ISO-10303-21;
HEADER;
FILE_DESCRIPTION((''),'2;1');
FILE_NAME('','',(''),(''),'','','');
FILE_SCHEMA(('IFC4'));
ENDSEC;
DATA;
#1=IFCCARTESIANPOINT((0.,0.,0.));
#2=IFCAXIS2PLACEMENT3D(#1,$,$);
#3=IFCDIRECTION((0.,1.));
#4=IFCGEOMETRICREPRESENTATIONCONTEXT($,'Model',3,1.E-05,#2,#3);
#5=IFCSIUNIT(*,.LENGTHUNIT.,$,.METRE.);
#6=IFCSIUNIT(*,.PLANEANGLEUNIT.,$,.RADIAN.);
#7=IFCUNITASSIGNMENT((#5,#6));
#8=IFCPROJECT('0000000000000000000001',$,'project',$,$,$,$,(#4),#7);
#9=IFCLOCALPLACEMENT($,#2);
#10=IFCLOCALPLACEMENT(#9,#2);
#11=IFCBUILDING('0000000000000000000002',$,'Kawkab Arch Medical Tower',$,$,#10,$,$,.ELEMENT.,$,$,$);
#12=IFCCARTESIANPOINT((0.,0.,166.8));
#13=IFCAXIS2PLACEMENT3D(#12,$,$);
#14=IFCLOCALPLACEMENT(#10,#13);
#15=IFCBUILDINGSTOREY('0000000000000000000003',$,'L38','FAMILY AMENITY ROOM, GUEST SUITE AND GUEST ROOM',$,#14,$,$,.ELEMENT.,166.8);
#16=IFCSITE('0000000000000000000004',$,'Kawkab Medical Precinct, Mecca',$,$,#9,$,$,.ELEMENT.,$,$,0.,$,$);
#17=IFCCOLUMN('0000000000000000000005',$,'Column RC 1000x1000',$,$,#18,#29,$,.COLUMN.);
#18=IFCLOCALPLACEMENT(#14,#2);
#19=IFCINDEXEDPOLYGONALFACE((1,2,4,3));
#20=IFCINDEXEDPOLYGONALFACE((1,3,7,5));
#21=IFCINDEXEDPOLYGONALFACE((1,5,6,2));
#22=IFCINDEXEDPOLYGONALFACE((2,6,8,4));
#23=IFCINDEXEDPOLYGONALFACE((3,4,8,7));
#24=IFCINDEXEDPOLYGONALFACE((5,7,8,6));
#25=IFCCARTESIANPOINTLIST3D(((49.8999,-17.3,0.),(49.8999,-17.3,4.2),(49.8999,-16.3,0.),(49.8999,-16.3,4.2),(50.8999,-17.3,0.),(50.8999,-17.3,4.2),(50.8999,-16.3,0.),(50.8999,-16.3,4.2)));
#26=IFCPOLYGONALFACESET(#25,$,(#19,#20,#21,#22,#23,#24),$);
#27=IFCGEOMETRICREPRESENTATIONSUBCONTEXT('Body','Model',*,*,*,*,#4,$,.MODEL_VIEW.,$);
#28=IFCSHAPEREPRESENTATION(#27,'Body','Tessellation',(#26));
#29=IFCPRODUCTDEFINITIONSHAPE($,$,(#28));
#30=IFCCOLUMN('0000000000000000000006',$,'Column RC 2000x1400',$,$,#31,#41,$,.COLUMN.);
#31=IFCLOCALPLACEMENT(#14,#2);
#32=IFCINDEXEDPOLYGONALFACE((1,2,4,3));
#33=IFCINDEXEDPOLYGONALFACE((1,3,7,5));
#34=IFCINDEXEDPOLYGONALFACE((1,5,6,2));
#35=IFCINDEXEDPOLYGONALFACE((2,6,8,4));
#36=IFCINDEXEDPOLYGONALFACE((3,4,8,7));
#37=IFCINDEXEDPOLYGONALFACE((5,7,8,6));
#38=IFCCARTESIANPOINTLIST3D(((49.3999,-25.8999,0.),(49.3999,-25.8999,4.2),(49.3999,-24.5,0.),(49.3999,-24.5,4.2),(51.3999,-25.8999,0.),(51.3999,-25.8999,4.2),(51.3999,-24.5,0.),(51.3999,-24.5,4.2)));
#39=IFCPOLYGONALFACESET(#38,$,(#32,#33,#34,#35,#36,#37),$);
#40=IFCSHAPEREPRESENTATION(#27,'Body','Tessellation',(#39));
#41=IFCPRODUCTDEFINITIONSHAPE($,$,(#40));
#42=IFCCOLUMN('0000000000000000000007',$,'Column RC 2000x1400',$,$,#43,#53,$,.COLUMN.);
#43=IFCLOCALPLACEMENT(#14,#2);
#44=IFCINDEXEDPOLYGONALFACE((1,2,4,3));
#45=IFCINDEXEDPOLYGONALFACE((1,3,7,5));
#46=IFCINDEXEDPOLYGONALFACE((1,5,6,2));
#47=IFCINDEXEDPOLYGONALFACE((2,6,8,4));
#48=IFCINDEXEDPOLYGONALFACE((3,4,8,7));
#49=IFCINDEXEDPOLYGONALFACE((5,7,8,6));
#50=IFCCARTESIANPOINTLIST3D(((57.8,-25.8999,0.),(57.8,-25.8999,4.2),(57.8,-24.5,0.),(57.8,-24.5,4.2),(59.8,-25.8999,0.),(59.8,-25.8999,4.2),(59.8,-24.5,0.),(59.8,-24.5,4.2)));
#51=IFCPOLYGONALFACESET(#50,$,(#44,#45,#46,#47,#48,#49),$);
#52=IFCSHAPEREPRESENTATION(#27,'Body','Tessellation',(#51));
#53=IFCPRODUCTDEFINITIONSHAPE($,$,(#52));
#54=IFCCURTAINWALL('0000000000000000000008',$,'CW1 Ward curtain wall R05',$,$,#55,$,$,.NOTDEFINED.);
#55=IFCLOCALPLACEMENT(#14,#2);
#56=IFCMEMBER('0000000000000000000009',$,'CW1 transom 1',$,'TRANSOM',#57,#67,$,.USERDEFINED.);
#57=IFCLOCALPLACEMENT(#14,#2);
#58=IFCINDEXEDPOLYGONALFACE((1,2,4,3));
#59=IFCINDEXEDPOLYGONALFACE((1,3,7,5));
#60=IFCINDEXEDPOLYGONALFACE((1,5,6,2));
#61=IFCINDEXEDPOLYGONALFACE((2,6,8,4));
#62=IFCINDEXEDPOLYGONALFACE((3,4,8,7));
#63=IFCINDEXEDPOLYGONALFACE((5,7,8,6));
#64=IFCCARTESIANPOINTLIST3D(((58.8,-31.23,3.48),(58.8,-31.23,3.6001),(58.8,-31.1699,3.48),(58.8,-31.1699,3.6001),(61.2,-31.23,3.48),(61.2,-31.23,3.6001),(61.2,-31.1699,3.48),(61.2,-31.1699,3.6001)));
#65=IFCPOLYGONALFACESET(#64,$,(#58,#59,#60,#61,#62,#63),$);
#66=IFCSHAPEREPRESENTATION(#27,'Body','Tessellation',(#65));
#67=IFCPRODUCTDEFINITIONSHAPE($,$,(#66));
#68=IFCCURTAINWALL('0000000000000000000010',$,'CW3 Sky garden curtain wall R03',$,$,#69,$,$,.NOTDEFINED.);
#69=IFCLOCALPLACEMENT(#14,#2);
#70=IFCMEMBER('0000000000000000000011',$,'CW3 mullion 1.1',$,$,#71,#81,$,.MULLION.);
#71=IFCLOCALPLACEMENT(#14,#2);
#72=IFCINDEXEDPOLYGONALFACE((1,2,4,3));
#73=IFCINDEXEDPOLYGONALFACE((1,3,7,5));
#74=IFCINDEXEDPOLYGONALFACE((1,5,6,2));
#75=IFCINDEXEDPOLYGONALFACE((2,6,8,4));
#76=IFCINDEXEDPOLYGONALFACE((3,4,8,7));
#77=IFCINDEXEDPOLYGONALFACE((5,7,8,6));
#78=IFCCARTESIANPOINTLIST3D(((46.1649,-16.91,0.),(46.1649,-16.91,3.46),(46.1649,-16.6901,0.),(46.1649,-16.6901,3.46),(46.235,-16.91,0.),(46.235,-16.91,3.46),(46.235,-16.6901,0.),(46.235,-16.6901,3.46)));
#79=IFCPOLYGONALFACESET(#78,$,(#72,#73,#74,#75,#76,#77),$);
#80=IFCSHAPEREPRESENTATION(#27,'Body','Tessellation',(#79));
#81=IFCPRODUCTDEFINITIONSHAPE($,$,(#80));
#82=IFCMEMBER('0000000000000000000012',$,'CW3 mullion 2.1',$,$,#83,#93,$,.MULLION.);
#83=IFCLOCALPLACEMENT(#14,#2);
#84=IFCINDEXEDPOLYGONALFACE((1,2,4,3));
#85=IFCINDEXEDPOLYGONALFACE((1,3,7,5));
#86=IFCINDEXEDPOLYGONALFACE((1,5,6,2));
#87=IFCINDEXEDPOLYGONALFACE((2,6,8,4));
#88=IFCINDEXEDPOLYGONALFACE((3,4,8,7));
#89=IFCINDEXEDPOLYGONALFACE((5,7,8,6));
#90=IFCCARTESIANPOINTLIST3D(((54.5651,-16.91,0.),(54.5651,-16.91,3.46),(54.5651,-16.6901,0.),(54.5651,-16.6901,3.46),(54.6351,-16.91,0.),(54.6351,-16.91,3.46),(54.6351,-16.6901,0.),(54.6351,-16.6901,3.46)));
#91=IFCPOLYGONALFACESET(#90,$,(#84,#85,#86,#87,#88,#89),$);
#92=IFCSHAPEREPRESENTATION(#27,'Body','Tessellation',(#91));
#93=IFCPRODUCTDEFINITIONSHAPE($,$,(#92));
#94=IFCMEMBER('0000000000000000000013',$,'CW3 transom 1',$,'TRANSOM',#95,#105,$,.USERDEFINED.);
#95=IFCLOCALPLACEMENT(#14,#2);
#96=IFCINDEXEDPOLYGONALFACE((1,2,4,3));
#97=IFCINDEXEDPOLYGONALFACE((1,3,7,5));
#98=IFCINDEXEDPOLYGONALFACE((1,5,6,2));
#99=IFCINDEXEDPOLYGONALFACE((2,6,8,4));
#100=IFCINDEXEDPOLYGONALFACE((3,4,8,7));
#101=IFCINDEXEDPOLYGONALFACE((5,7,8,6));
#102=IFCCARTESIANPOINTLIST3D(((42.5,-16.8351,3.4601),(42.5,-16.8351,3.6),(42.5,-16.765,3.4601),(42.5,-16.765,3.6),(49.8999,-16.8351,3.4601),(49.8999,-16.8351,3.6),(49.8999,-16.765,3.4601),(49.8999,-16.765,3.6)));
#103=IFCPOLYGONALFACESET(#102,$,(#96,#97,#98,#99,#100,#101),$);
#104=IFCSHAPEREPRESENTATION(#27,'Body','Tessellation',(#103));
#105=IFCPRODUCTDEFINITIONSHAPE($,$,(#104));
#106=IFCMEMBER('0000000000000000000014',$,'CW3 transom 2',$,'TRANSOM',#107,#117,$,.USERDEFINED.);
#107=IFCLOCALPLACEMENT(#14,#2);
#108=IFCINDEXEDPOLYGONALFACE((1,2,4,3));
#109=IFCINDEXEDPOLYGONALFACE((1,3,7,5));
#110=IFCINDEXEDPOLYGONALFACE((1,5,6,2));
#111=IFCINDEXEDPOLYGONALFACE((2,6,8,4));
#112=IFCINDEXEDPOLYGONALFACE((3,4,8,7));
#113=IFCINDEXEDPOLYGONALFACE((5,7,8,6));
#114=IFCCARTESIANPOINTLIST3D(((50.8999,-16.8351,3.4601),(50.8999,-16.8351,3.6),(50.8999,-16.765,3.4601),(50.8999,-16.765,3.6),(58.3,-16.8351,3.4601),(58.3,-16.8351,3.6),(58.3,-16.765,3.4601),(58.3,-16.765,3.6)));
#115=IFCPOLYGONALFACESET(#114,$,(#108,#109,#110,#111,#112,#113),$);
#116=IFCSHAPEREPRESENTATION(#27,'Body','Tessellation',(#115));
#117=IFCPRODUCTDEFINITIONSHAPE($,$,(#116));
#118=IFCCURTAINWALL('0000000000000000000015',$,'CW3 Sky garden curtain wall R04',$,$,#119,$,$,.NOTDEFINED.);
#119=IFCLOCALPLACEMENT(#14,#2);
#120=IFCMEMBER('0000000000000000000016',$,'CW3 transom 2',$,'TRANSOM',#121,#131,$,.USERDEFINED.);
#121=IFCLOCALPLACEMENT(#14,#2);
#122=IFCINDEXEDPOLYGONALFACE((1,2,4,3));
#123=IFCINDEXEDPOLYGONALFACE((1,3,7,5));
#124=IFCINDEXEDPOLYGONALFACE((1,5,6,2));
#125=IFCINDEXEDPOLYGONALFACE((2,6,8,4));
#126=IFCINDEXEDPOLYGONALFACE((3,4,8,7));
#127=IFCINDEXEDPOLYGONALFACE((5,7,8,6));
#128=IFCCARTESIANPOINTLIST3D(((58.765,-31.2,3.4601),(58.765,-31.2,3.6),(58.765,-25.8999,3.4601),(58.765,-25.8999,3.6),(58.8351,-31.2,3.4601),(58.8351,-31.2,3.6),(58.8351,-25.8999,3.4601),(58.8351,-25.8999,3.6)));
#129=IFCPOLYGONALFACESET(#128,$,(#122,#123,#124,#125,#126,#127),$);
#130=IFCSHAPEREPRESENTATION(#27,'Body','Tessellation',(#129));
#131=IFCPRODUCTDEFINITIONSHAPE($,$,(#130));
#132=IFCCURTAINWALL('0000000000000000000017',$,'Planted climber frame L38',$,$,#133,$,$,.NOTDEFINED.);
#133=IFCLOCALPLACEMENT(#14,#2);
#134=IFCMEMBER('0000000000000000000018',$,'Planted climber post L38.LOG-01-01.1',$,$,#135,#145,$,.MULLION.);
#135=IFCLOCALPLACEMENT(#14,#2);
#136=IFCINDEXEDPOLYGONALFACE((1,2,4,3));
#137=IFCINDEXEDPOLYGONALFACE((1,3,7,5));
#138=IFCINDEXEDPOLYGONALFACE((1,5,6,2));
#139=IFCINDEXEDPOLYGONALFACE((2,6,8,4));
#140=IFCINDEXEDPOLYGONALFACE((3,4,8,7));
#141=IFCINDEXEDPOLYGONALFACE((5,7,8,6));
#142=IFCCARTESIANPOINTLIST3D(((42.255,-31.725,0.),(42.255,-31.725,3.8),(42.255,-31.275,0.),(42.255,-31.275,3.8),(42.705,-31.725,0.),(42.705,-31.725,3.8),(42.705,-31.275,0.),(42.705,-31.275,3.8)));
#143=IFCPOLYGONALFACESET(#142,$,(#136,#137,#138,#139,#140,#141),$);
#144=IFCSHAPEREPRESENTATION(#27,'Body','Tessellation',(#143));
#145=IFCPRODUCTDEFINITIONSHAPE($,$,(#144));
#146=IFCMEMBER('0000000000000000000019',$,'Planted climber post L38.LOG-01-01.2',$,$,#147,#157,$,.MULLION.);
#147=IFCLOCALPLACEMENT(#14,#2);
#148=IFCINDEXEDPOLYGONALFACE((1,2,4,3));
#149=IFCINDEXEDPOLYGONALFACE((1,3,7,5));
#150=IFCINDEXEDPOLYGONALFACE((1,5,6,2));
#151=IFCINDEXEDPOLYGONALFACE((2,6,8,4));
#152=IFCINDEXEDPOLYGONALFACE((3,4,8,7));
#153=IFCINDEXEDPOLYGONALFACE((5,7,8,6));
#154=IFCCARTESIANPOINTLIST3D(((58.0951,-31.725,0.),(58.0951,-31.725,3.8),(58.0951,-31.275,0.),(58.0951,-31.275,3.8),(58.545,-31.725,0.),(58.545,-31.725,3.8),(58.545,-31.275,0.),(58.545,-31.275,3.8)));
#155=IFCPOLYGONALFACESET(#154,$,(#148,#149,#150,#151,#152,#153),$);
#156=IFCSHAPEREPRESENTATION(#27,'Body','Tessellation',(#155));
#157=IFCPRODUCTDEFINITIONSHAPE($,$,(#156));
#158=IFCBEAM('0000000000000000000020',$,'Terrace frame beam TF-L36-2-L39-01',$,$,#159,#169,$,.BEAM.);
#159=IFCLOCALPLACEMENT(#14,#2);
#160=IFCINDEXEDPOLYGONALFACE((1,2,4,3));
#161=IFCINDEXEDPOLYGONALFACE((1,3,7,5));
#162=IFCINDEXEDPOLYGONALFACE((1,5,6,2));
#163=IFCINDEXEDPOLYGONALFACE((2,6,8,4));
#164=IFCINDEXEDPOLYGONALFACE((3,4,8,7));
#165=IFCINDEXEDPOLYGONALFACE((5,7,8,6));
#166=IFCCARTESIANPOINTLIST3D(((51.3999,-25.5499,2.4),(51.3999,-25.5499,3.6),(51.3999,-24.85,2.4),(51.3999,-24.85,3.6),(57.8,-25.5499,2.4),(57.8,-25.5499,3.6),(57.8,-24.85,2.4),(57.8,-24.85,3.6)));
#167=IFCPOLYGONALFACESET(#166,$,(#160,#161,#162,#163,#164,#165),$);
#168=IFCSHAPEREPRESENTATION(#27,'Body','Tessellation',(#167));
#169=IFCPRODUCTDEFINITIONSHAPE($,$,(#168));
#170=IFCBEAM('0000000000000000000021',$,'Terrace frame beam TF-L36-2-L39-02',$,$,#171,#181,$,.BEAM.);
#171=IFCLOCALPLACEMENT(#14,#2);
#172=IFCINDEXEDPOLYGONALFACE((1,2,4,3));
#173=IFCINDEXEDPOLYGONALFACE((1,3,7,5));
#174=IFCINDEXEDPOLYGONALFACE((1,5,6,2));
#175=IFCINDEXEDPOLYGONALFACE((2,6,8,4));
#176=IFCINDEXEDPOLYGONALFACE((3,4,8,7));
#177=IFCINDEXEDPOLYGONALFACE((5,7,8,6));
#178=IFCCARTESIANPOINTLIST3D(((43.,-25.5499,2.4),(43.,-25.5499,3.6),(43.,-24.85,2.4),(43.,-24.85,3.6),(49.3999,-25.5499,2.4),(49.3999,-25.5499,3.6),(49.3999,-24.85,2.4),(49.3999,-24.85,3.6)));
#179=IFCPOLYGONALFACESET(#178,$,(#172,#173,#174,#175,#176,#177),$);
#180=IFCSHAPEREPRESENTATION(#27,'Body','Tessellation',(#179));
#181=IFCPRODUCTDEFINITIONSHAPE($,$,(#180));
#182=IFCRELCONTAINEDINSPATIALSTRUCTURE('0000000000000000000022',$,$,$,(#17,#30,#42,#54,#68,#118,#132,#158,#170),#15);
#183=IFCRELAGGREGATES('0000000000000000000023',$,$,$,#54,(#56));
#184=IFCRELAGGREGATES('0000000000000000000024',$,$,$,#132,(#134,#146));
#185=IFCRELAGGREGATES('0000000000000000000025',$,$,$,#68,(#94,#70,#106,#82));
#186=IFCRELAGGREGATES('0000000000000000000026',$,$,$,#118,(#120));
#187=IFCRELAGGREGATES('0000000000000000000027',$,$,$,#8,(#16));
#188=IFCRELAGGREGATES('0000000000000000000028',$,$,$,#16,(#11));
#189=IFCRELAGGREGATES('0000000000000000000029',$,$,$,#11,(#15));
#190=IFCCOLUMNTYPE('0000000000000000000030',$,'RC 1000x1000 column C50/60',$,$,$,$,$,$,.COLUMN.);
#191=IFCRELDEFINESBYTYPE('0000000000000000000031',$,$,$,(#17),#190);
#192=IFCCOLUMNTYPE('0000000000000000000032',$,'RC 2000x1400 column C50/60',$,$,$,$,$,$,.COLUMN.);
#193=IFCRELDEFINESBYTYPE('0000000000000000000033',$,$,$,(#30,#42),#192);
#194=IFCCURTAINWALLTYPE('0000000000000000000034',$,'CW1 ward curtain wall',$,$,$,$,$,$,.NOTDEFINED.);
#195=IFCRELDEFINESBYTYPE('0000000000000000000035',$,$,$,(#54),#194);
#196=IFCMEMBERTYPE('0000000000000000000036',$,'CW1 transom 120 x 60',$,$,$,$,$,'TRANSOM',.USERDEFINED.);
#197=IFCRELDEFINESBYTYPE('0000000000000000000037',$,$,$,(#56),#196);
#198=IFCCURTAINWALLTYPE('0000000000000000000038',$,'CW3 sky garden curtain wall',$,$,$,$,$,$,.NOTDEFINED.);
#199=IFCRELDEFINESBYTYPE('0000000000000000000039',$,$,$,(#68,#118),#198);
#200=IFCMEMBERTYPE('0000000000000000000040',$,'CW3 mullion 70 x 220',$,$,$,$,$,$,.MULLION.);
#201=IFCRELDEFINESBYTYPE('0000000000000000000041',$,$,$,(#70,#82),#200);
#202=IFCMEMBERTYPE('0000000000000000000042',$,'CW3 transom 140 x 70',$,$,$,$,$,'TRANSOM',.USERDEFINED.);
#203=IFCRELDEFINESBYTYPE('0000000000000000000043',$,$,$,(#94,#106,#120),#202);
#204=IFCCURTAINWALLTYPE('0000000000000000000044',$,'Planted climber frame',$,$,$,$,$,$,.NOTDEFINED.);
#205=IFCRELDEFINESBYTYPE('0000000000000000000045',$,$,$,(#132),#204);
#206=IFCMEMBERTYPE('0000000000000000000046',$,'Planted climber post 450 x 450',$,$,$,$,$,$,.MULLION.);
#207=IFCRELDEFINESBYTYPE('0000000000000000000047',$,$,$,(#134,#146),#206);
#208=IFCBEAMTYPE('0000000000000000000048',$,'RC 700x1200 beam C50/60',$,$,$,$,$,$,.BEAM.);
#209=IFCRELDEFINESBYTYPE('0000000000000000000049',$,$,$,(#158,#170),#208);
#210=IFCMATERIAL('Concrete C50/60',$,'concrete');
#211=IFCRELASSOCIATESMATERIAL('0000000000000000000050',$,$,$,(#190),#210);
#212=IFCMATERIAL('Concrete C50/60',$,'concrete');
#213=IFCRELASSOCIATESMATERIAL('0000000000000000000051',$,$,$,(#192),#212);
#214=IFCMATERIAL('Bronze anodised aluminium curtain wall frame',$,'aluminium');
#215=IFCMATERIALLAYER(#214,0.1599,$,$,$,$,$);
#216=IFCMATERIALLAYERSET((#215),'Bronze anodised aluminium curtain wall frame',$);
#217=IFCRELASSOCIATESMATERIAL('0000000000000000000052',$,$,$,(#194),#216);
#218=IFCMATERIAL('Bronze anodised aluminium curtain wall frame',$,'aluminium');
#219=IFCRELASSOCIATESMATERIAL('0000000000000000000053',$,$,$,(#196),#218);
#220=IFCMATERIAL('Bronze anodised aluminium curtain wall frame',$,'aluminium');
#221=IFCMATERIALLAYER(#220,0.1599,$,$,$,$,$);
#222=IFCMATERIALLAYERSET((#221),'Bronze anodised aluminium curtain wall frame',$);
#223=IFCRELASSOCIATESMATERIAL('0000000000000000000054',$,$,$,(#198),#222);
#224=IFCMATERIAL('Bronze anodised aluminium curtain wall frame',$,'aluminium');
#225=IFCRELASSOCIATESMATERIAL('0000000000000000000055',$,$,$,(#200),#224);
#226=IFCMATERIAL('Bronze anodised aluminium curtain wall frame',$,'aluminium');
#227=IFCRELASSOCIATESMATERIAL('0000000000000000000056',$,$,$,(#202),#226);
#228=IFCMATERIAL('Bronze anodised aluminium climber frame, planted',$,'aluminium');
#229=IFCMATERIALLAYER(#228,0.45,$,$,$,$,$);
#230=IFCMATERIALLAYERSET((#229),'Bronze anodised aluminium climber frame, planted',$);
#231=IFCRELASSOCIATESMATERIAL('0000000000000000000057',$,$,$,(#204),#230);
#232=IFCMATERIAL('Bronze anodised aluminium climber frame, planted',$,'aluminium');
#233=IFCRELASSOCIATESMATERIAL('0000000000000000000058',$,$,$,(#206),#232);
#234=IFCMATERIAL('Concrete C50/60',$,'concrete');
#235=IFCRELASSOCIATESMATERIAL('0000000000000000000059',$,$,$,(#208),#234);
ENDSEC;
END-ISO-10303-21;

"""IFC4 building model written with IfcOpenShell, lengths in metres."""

from ifc_helpers import new_model, si_unit, direction, frame, origin, origin_2d, place, context, subcontext, project, spatial, rectangle, extrude, material, layer, layer_set, material_profile, profile_set, type_object, element, aggregate, save


model = new_model("IFC4")

# Units and contexts
model_context = context("Model", 3, precision=1e-05, world=origin(), true_north=direction((0.0, 1.0)))
body_context = subcontext(model_context, "Body", "Model", "MODEL_VIEW")
ifc_project = project(units=[si_unit("LENGTHUNIT", "METRE"), si_unit("PLANEANGLEUNIT", "RADIAN")], contexts=[model_context])

# Site, building, storey
site_placement = place(None, origin())
site = spatial("IfcSite", under=ifc_project, at=site_placement, Name="Kawkab Medical Precinct, Mecca", CompositionType="ELEMENT", RefElevation=0.0)
building_placement = place(site_placement, origin())
building = spatial("IfcBuilding", under=site, at=building_placement, Name="Kawkab Arch Medical Tower", CompositionType="ELEMENT")
storey_placement = place(building_placement, frame((0.0, 0.0, 166.8)))
storey = spatial("IfcBuildingStorey", under=building, at=storey_placement, Name="L38", Description="FAMILY AMENITY ROOM, GUEST SUITE AND GUEST ROOM", CompositionType="ELEMENT", Elevation=166.8)

# Columns
ifc_material_1 = material(Name="Concrete C50/60", Category="concrete")
ifc_material_profile_1 = material_profile(ifc_material_1, rectangle(XDim=1.0, YDim=1.0, at=origin_2d()), Name="RC 1000x1000")
ifc_profile_set_1 = profile_set([ifc_material_profile_1], Name="Concrete C50/60")
column_type_1 = type_object("IfcColumnType", Name="RC 1000x1000 column C50/60", PredefinedType="COLUMN", material=ifc_profile_set_1)
column_placement = place(storey_placement, frame((50.3999, -16.8, 0.0), z_axis=(0.0, 0.0, 1.0), x_axis=(1.0, 0.0, 0.0)))
element("IfcColumn", 1, at=column_placement, inside=storey, type_object=column_type_1, Name="Column RC 1000x1000", PredefinedType="COLUMN", context=body_context, shape_type="SweptSolid", body=[
    extrude(rectangle(XDim=1.0, YDim=1.0, at=origin_2d()), origin(), (0.0, 0.0, 1.0), 4.2),
])
ifc_material_2 = material(Name="Concrete C50/60", Category="concrete")
ifc_material_profile_2 = material_profile(ifc_material_2, rectangle(XDim=2.0, YDim=1.3999, at=origin_2d()), Name="RC 2000x1400")
ifc_profile_set_2 = profile_set([ifc_material_profile_2], Name="Concrete C50/60")
column_type_2 = type_object("IfcColumnType", Name="RC 2000x1400 column C50/60", PredefinedType="COLUMN", material=ifc_profile_set_2)
for number, where, z_axis, x_axis, name in (
    (2, (50.3999, -25.2, 0.0), (0.0, 0.0, 1.0), (-1.0, 0.0, 0.0), "Column RC 2000x1400"),
    (3, (58.8, -25.2, 0.0), (0.0, 0.0, 1.0), (-1.0, 0.0, 0.0), "Column RC 2000x1400"),
):
    element("IfcColumn", number, at=place(storey_placement, frame(where, z_axis=z_axis, x_axis=x_axis)), inside=storey, type_object=column_type_2, Name=name, PredefinedType="COLUMN", context=body_context, shape_type="SweptSolid", body=[
        extrude(rectangle(XDim=2.0, YDim=1.3999, at=origin_2d()), origin(), (0.0, 0.0, 1.0), 4.2),
    ])

# Curtain wall, member
ifc_material_3 = material(Name="Bronze anodised aluminium curtain wall frame", Category="aluminium")
ifc_layer_1 = layer(ifc_material_3, 0.1599)
ifc_layer_set_1 = layer_set([ifc_layer_1], Name="Bronze anodised aluminium curtain wall frame")
curtain_wall_type_1 = type_object("IfcCurtainWallType", Name="CW1 ward curtain wall", PredefinedType="NOTDEFINED", material=ifc_layer_set_1)
placement = place(storey_placement, origin())
curtain_wall_1 = element("IfcCurtainWall", 4, at=placement, inside=storey, type_object=curtain_wall_type_1, Name="CW1 Ward curtain wall R05", PredefinedType="NOTDEFINED")
ifc_material_4 = material(Name="Bronze anodised aluminium curtain wall frame", Category="aluminium")
ifc_material_profile_3 = material_profile(ifc_material_4, rectangle(XDim=0.0601, YDim=0.1201, at=origin_2d()), Name="AL 60x120")
ifc_profile_set_3 = profile_set([ifc_material_profile_3], Name="Bronze anodised aluminium curtain wall frame")
member_type_1 = type_object("IfcMemberType", Name="CW1 transom 120 x 60", ElementType="TRANSOM", PredefinedType="USERDEFINED", material=ifc_profile_set_3)
member_1_placement = place(storey_placement, frame((58.8, -31.2, 3.54), z_axis=(1.0, 0.0, 0.0), x_axis=(0.0, 1.0, 0.0)))
member_1 = element("IfcMember", 5, at=member_1_placement, type_object=member_type_1, Name="CW1 transom 1", ObjectType="TRANSOM", PredefinedType="USERDEFINED", context=body_context, shape_type="SweptSolid", body=[
    extrude(rectangle(XDim=0.0601, YDim=0.1201, at=origin_2d()), origin(), (0.0, 0.0, 1.0), 2.3999),
])
aggregate(curtain_wall_1, [member_1])

# Curtain wall, members
ifc_material_5 = material(Name="Bronze anodised aluminium curtain wall frame", Category="aluminium")
ifc_layer_2 = layer(ifc_material_5, 0.1599)
ifc_layer_set_2 = layer_set([ifc_layer_2], Name="Bronze anodised aluminium curtain wall frame")
curtain_wall_type_2 = type_object("IfcCurtainWallType", Name="CW3 sky garden curtain wall", PredefinedType="NOTDEFINED", material=ifc_layer_set_2)
curtain_wall_2 = element("IfcCurtainWall", 6, at=placement, inside=storey, type_object=curtain_wall_type_2, Name="CW3 Sky garden curtain wall R03", PredefinedType="NOTDEFINED")
ifc_material_6 = material(Name="Bronze anodised aluminium curtain wall frame", Category="aluminium")
ifc_material_profile_4 = material_profile(ifc_material_6, rectangle(XDim=0.22, YDim=0.0701, at=origin_2d()), Name="AL 70x220")
ifc_profile_set_4 = profile_set([ifc_material_profile_4], Name="Bronze anodised aluminium curtain wall frame")
member_type_2 = type_object("IfcMemberType", Name="CW3 mullion 70 x 220", PredefinedType="MULLION", material=ifc_profile_set_4)
member_2_placement = place(storey_placement, frame((46.2, -16.8, 0.0), z_axis=(0.0, 0.0, 1.0), x_axis=(0.0, 1.0, 0.0)))
member_2 = element("IfcMember", 7, at=member_2_placement, type_object=member_type_2, Name="CW3 mullion 1.1", PredefinedType="MULLION", context=body_context, shape_type="SweptSolid", body=[
    extrude(rectangle(XDim=0.22, YDim=0.0701, at=origin_2d()), origin(), (0.0, 0.0, 1.0), 3.46),
])
member_3_placement = place(storey_placement, frame((54.6001, -16.8, 0.0), z_axis=(0.0, 0.0, 1.0), x_axis=(0.0, 1.0, 0.0)))
member_3 = element("IfcMember", 8, at=member_3_placement, type_object=member_type_2, Name="CW3 mullion 2.1", PredefinedType="MULLION", context=body_context, shape_type="SweptSolid", body=[
    extrude(rectangle(XDim=0.22, YDim=0.0701, at=origin_2d()), origin(), (0.0, 0.0, 1.0), 3.46),
])
ifc_material_7 = material(Name="Bronze anodised aluminium curtain wall frame", Category="aluminium")
ifc_material_profile_5 = material_profile(ifc_material_7, rectangle(XDim=0.0701, YDim=0.1399, at=origin_2d()), Name="AL 70x140")
ifc_profile_set_5 = profile_set([ifc_material_profile_5], Name="Bronze anodised aluminium curtain wall frame")
member_type_3 = type_object("IfcMemberType", Name="CW3 transom 140 x 70", ElementType="TRANSOM", PredefinedType="USERDEFINED", material=ifc_profile_set_5)
member_4_placement = place(storey_placement, frame((42.5, -16.8, 3.53), z_axis=(1.0, 0.0, 0.0), x_axis=(0.0, 1.0, 0.0)))
member_4 = element("IfcMember", 9, at=member_4_placement, type_object=member_type_3, Name="CW3 transom 1", ObjectType="TRANSOM", PredefinedType="USERDEFINED", context=body_context, shape_type="SweptSolid", body=[
    extrude(rectangle(XDim=0.0701, YDim=0.1399, at=origin_2d()), origin(), (0.0, 0.0, 1.0), 7.3999),
])
member_5_placement = place(storey_placement, frame((50.8999, -16.8, 3.53), z_axis=(1.0, 0.0, 0.0), x_axis=(0.0, 1.0, 0.0)))
member_5 = element("IfcMember", 10, at=member_5_placement, type_object=member_type_3, Name="CW3 transom 2", ObjectType="TRANSOM", PredefinedType="USERDEFINED", context=body_context, shape_type="SweptSolid", body=[
    extrude(rectangle(XDim=0.0701, YDim=0.1399, at=origin_2d()), origin(), (0.0, 0.0, 1.0), 7.4001),
])

# Curtain wall, member
curtain_wall_3 = element("IfcCurtainWall", 11, at=placement, inside=storey, type_object=curtain_wall_type_2, Name="CW3 Sky garden curtain wall R04", PredefinedType="NOTDEFINED")
member_6_placement = place(storey_placement, frame((58.8, -25.8999, 3.53), z_axis=(0.0, -1.0, 0.0), x_axis=(1.0, 0.0, 0.0)))
member_6 = element("IfcMember", 12, at=member_6_placement, type_object=member_type_3, Name="CW3 transom 2", ObjectType="TRANSOM", PredefinedType="USERDEFINED", context=body_context, shape_type="SweptSolid", body=[
    extrude(rectangle(XDim=0.0701, YDim=0.1399, at=origin_2d()), origin(), (0.0, 0.0, 1.0), 5.3),
])

# Curtain wall, members
ifc_material_8 = material(Name="Bronze anodised aluminium climber frame, planted", Category="aluminium")
ifc_layer_3 = layer(ifc_material_8, 0.45)
ifc_layer_set_3 = layer_set([ifc_layer_3], Name="Bronze anodised aluminium climber frame, planted")
curtain_wall_type_3 = type_object("IfcCurtainWallType", Name="Planted climber frame", PredefinedType="NOTDEFINED", material=ifc_layer_set_3)
curtain_wall_4 = element("IfcCurtainWall", 13, at=placement, inside=storey, type_object=curtain_wall_type_3, Name="Planted climber frame L38", PredefinedType="NOTDEFINED")
ifc_material_9 = material(Name="Bronze anodised aluminium climber frame, planted", Category="aluminium")
ifc_material_profile_6 = material_profile(ifc_material_9, rectangle(XDim=0.45, YDim=0.45, at=origin_2d()), Name="Post 450x450")
ifc_profile_set_6 = profile_set([ifc_material_profile_6], Name="Bronze anodised aluminium climber frame, planted")
member_type_4 = type_object("IfcMemberType", Name="Planted climber post 450 x 450", PredefinedType="MULLION", material=ifc_profile_set_6)
member_7_placement = place(storey_placement, frame((42.48, -31.5, 0.0), z_axis=(0.0, 0.0, 1.0), x_axis=(1.0, 0.0, 0.0)))
member_7 = element("IfcMember", 14, at=member_7_placement, type_object=member_type_4, Name="Planted climber post L38.LOG-01-01.1", PredefinedType="MULLION", context=body_context, shape_type="SweptSolid", body=[
    extrude(rectangle(XDim=0.45, YDim=0.45, at=origin_2d()), origin(), (0.0, 0.0, 1.0), 3.8),
])
member_8_placement = place(storey_placement, frame((58.3201, -31.5, 0.0), z_axis=(0.0, 0.0, 1.0), x_axis=(1.0, 0.0, 0.0)))
member_8 = element("IfcMember", 15, at=member_8_placement, type_object=member_type_4, Name="Planted climber post L38.LOG-01-01.2", PredefinedType="MULLION", context=body_context, shape_type="SweptSolid", body=[
    extrude(rectangle(XDim=0.45, YDim=0.45, at=origin_2d()), origin(), (0.0, 0.0, 1.0), 3.8),
])
aggregate(curtain_wall_4, [member_7, member_8])

# Beams
ifc_material_10 = material(Name="Concrete C50/60", Category="concrete")
ifc_material_profile_7 = material_profile(ifc_material_10, rectangle(XDim=0.7, YDim=1.2, at=origin_2d()), Name="RC 700x1200")
ifc_profile_set_7 = profile_set([ifc_material_profile_7], Name="Concrete C50/60")
beam_type = type_object("IfcBeamType", Name="RC 700x1200 beam C50/60", PredefinedType="BEAM", material=ifc_profile_set_7)
beam_1_placement = place(storey_placement, frame((57.8, -25.2, 3.0), z_axis=(-1.0, 0.0, 0.0), x_axis=(0.0, -1.0, 0.0)))
element("IfcBeam", 16, at=beam_1_placement, inside=storey, type_object=beam_type, Name="Terrace frame beam TF-L36-2-L39-01", PredefinedType="BEAM", context=body_context, shape_type="SweptSolid", body=[
    extrude(rectangle(XDim=0.7, YDim=1.2, at=origin_2d()), origin(), (0.0, 0.0, 1.0), 6.4001),
])
beam_2_placement = place(storey_placement, frame((49.3999, -25.2, 3.0), z_axis=(-1.0, 0.0, 0.0), x_axis=(0.0, -1.0, 0.0)))
element("IfcBeam", 17, at=beam_2_placement, inside=storey, type_object=beam_type, Name="Terrace frame beam TF-L36-2-L39-02", PredefinedType="BEAM", context=body_context, shape_type="SweptSolid", body=[
    extrude(rectangle(XDim=0.7, YDim=1.2, at=origin_2d()), origin(), (0.0, 0.0, 1.0), 6.3999),
])

aggregate(curtain_wall_2, [member_4, member_2, member_5, member_3])
aggregate(curtain_wall_3, [member_6])

save(model, "model.ifc")
